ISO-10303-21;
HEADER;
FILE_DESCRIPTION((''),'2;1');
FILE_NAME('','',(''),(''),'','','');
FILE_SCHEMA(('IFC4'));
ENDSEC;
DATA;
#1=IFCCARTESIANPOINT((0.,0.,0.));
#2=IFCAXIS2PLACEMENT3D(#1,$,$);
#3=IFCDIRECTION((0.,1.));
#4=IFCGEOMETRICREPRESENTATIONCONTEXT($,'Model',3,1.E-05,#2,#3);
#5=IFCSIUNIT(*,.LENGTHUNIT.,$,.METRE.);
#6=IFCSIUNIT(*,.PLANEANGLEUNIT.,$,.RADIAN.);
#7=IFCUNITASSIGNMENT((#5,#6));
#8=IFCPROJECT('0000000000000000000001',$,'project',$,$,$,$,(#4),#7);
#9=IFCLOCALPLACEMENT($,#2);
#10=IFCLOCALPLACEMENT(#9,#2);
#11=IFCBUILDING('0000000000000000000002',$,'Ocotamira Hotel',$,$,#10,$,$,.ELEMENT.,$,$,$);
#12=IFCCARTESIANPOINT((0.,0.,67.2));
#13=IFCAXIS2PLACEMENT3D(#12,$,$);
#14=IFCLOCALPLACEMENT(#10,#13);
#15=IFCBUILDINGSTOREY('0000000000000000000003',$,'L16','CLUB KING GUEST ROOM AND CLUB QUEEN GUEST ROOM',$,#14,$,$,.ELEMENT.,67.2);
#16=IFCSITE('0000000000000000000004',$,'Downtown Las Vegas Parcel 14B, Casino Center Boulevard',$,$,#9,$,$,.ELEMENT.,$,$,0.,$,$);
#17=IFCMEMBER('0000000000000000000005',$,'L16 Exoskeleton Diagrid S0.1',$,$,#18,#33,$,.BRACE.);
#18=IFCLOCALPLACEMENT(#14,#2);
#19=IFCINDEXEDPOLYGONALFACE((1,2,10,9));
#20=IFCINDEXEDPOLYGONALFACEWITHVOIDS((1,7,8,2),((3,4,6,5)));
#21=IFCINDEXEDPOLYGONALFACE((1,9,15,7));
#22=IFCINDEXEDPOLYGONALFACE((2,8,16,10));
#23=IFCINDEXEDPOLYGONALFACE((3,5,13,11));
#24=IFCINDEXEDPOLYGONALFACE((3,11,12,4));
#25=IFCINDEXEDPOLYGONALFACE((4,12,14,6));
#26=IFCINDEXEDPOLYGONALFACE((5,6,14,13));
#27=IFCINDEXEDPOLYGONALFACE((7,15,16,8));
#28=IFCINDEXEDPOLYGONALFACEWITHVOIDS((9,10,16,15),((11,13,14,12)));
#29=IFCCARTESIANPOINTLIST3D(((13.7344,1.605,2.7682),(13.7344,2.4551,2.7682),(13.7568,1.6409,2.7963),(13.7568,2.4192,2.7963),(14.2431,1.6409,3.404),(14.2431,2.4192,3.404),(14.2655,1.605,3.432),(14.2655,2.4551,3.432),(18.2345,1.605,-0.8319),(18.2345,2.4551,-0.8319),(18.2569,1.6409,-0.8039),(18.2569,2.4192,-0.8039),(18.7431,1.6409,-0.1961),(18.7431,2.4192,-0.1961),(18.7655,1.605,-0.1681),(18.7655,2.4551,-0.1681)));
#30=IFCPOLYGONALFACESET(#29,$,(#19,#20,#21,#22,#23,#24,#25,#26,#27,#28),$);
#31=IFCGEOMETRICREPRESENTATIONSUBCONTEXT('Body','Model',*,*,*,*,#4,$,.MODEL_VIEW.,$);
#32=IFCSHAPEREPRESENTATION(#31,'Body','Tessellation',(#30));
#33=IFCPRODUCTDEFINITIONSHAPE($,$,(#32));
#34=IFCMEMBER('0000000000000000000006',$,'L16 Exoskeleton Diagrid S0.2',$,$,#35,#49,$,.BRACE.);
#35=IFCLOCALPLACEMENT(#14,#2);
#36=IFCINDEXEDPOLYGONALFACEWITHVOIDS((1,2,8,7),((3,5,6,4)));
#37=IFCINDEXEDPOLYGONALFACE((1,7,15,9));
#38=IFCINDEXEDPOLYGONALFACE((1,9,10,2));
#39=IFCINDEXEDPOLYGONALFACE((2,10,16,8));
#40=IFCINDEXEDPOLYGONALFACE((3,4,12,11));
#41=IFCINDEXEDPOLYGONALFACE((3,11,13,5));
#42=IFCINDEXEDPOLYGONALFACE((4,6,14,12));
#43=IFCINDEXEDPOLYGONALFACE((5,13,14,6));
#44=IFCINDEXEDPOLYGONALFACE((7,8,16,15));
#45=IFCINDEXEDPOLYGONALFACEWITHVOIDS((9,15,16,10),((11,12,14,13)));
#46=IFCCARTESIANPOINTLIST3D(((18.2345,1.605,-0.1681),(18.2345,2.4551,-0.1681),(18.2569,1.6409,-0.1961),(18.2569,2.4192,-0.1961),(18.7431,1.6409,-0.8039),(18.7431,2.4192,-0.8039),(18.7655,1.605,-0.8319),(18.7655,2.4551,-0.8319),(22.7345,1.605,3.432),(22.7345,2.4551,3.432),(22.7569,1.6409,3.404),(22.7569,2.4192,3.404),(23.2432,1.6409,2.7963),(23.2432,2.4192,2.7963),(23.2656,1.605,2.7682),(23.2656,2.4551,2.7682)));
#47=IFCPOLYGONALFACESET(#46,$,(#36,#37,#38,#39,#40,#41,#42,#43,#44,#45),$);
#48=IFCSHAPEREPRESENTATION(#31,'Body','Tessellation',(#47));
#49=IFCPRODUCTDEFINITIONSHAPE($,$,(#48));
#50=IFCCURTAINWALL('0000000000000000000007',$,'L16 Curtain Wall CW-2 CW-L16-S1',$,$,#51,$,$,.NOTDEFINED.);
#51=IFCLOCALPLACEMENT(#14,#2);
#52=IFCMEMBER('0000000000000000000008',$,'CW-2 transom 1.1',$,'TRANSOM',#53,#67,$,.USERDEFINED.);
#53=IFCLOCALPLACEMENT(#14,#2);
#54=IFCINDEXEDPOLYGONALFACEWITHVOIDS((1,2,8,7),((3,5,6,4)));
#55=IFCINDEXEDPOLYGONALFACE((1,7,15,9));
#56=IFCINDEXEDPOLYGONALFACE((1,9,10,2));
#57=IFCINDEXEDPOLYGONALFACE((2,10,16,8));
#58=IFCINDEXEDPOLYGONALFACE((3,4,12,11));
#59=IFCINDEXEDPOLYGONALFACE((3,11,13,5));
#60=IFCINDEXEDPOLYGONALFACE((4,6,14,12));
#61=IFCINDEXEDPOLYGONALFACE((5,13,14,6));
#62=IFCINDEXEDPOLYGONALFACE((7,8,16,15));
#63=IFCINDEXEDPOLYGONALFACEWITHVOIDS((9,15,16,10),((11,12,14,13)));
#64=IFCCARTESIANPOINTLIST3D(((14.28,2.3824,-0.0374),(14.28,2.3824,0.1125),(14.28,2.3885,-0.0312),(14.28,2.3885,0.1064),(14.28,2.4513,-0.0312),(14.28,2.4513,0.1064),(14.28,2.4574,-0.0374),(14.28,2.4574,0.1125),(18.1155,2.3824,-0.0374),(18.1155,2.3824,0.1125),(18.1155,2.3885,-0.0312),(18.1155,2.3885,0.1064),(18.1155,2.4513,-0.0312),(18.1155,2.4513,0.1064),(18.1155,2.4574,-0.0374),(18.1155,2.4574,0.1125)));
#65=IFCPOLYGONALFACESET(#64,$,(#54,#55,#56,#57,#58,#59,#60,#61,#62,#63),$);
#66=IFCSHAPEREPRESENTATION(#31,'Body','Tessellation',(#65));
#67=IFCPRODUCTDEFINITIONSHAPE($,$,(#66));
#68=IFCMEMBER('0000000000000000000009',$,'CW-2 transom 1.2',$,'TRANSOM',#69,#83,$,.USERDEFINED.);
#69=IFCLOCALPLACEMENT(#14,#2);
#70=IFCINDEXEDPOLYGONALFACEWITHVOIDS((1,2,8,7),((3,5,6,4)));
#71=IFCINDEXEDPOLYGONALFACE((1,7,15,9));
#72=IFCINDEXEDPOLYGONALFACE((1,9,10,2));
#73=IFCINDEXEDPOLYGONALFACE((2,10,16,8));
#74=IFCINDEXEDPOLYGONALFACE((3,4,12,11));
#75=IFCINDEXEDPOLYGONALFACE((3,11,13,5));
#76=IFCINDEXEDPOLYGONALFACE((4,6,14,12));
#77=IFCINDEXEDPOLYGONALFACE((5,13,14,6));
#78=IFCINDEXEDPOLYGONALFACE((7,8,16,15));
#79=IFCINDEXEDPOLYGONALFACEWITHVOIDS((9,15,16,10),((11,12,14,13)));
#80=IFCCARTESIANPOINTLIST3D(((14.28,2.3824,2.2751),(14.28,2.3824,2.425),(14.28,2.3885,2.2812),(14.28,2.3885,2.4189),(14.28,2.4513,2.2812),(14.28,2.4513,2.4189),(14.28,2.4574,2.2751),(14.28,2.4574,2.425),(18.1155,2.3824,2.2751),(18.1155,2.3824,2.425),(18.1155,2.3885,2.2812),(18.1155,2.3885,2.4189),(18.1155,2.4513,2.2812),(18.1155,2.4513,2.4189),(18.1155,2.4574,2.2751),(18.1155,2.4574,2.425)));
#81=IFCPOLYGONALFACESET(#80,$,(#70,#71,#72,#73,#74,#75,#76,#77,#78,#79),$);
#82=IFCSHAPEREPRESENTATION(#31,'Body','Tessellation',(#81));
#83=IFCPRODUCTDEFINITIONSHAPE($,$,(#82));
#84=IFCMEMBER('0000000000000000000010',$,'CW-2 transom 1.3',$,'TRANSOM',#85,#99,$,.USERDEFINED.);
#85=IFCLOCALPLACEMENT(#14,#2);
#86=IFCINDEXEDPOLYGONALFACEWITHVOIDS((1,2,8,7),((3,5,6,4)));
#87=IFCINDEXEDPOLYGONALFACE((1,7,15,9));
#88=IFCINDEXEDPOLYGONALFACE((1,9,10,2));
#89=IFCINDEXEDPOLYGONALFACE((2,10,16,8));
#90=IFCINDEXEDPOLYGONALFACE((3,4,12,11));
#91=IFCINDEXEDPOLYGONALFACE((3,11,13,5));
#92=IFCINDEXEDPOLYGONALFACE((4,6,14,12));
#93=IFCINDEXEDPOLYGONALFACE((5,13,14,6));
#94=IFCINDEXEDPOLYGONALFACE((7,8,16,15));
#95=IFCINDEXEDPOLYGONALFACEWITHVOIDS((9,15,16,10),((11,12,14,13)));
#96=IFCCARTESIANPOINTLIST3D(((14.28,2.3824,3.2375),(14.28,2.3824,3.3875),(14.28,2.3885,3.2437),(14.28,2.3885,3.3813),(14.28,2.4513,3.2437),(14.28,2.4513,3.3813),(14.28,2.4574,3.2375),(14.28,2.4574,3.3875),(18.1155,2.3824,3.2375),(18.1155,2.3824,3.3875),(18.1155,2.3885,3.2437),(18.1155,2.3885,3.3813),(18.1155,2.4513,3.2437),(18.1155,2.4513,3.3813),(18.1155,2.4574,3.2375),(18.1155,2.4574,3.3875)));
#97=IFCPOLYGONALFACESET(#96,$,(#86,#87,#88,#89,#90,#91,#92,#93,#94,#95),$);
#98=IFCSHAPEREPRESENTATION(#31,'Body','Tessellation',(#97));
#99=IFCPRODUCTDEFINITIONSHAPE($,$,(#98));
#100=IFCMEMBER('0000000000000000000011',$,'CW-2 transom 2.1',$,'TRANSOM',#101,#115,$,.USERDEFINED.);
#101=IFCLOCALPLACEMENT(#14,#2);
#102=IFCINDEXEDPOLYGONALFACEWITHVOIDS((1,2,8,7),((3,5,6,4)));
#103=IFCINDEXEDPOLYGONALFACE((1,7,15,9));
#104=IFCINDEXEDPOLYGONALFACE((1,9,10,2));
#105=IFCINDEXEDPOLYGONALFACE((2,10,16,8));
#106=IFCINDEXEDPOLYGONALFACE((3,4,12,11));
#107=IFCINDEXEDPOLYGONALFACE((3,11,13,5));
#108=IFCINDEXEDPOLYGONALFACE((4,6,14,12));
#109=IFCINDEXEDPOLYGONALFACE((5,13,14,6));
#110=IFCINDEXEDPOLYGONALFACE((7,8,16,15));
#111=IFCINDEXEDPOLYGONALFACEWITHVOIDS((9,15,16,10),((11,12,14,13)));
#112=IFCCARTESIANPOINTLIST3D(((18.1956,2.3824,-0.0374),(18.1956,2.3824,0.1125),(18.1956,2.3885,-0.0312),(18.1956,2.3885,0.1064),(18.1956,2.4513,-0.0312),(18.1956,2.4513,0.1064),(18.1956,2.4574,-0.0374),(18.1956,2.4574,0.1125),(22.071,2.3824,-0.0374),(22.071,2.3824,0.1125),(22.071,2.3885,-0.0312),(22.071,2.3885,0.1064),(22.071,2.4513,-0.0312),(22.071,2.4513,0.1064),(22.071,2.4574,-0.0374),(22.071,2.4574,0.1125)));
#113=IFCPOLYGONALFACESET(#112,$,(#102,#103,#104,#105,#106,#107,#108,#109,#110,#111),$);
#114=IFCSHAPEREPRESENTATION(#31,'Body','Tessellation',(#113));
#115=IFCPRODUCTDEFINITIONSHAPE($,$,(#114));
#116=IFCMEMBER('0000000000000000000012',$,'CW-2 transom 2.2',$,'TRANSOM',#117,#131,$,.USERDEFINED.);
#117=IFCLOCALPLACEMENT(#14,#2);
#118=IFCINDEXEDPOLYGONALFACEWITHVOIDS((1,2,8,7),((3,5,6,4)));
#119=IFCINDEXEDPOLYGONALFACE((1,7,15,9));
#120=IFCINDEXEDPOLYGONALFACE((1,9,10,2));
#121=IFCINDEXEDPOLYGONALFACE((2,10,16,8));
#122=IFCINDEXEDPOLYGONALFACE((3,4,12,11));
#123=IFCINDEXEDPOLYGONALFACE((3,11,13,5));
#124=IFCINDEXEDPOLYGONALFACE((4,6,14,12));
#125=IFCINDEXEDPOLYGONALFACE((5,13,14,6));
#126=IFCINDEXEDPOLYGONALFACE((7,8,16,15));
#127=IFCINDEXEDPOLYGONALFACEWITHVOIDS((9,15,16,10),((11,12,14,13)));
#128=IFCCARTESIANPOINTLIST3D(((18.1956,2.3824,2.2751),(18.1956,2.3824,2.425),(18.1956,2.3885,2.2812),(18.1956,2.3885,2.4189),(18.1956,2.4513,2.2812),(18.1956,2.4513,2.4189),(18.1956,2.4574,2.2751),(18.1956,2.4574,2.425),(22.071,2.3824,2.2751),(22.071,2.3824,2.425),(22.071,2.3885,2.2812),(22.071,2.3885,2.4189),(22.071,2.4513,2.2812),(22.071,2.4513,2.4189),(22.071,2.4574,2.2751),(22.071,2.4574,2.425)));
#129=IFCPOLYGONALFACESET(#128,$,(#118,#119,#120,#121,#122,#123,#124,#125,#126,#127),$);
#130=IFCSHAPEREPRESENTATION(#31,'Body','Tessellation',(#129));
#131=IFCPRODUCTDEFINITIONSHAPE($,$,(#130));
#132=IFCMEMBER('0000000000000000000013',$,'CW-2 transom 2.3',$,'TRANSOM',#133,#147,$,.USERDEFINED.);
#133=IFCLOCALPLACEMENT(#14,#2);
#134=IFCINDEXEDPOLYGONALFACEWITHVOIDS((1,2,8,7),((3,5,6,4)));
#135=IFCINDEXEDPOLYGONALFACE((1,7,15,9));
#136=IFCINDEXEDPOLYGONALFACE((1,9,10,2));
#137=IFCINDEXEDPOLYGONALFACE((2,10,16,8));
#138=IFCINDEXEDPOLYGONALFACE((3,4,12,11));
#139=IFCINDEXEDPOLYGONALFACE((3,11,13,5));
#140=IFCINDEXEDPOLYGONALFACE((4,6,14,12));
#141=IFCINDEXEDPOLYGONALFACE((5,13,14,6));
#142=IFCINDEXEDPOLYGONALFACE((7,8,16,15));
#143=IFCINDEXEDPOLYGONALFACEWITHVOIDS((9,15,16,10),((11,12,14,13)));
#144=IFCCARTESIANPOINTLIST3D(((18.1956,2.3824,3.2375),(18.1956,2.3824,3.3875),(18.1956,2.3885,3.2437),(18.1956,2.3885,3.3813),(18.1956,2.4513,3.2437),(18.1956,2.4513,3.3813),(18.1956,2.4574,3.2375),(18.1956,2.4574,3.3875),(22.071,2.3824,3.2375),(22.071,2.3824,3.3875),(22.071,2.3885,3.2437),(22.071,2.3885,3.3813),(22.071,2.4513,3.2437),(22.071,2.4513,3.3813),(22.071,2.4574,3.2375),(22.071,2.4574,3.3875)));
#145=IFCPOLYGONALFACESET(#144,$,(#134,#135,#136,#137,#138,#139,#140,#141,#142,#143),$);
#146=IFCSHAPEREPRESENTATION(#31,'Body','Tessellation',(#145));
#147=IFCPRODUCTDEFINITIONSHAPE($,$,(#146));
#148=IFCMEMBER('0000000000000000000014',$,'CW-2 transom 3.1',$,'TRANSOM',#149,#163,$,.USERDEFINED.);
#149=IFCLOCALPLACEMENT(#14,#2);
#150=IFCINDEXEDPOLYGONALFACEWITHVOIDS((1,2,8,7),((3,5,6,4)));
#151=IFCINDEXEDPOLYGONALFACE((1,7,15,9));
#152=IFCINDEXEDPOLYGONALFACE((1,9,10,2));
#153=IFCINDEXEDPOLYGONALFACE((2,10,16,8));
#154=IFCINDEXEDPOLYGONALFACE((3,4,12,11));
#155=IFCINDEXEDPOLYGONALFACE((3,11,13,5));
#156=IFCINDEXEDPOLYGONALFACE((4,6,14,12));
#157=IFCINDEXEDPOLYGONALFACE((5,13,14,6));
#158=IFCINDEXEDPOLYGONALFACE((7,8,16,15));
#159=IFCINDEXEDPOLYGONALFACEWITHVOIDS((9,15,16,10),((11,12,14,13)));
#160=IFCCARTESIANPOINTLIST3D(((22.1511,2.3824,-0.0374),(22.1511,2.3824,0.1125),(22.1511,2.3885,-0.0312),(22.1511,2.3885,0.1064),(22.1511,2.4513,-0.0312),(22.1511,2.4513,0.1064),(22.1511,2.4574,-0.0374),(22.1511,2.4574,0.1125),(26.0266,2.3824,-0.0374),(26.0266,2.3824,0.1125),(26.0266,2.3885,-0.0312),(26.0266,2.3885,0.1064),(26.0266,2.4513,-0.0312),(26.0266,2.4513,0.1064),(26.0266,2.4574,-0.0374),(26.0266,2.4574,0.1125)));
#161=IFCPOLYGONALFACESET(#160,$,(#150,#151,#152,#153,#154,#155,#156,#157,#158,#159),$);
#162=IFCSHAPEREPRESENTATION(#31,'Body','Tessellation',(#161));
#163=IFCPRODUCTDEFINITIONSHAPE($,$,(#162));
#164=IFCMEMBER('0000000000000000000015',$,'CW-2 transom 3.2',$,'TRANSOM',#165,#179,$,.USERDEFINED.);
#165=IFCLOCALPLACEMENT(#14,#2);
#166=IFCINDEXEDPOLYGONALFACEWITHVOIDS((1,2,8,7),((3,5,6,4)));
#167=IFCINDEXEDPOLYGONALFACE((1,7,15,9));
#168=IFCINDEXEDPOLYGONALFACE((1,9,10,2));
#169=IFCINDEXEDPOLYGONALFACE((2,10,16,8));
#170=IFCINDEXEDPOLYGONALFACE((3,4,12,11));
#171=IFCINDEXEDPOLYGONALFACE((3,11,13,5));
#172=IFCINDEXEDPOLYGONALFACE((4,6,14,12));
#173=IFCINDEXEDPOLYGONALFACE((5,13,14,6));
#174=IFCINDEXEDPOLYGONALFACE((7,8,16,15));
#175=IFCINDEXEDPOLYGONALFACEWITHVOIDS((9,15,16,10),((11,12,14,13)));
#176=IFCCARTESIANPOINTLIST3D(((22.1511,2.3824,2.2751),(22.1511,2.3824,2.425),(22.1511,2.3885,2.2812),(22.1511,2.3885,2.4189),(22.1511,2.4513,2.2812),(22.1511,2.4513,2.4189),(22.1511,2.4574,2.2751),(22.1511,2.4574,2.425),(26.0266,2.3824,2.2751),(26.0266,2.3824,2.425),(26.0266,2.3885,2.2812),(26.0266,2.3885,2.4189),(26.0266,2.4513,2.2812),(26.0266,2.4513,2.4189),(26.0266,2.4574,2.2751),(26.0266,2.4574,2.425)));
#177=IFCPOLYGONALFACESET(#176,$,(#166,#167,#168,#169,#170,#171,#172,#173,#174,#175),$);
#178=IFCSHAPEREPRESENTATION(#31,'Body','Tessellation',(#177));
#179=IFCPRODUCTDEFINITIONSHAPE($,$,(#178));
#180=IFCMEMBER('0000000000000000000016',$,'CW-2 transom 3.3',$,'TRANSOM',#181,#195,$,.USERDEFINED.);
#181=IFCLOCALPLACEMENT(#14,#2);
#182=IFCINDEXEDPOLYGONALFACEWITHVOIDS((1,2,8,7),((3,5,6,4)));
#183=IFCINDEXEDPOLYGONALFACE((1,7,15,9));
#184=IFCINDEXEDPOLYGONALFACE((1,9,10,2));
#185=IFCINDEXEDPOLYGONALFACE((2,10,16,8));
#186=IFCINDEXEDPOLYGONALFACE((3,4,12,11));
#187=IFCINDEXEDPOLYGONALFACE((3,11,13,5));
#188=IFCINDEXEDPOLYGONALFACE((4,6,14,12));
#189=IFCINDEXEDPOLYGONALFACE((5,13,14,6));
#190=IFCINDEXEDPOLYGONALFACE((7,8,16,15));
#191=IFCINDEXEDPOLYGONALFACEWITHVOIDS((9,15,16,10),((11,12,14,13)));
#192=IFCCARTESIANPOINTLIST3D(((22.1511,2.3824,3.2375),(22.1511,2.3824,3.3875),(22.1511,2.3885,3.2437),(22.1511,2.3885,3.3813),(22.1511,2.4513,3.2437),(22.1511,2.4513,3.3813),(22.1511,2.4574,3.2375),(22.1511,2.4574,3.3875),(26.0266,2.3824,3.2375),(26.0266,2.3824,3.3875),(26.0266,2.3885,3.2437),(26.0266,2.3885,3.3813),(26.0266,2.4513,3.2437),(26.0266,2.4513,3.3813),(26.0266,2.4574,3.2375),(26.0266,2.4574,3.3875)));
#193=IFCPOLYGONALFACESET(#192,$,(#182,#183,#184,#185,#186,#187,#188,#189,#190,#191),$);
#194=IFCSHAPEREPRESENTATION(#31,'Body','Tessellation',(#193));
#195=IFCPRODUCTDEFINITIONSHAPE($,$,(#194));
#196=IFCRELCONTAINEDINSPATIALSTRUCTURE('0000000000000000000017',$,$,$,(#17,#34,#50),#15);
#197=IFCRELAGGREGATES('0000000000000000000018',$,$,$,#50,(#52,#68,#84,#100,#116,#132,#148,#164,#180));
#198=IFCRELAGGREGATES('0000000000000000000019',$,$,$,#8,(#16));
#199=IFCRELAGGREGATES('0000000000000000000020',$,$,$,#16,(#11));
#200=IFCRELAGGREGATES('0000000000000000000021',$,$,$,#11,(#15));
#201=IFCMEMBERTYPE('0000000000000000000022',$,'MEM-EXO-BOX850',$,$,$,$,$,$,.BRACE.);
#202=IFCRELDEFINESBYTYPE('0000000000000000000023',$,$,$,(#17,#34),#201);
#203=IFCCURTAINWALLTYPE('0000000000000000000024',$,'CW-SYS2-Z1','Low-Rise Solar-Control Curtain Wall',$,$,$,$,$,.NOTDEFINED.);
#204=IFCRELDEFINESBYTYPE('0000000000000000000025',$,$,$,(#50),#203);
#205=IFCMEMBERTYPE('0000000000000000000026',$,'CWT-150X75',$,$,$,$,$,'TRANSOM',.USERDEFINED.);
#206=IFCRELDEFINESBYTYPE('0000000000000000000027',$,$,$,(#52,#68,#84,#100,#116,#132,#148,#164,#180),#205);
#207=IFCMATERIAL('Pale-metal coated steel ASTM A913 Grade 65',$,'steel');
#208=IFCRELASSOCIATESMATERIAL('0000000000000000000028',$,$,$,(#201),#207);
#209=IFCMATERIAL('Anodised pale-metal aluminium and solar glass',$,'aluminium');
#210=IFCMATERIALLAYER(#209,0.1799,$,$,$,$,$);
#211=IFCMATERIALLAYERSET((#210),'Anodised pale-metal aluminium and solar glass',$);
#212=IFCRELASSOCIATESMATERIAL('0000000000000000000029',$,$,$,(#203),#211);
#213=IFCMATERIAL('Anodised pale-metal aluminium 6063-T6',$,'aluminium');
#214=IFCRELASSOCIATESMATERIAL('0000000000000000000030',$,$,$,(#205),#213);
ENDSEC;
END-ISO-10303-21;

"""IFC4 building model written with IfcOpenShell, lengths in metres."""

from ifc_helpers import new_model, si_unit, direction, frame, origin, origin_2d, place, context, subcontext, project, spatial, hollow_rectangle, extrude, source, transform, mapped, material, layer, layer_set, material_profile, profile_set, type_object, element, aggregate, save


model = new_model("IFC4")

# Units and contexts
model_context = context("Model", 3, precision=1e-05, world=origin(), true_north=direction((0.0, 1.0)))
body_context = subcontext(model_context, "Body", "Model", "MODEL_VIEW")
ifc_project = project(units=[si_unit("LENGTHUNIT", "METRE"), si_unit("PLANEANGLEUNIT", "RADIAN")], contexts=[model_context])

# Site, building, storey
site_placement = place(None, origin())
site = spatial("IfcSite", under=ifc_project, at=site_placement, Name="Downtown Las Vegas Parcel 14B, Casino Center Boulevard", CompositionType="ELEMENT", RefElevation=0.0)
building_placement = place(site_placement, origin())
building = spatial("IfcBuilding", under=site, at=building_placement, Name="Ocotamira Hotel", CompositionType="ELEMENT")
storey_placement = place(building_placement, frame((0.0, 0.0, 67.2)))
storey = spatial("IfcBuildingStorey", under=building, at=storey_placement, Name="L16", Description="CLUB KING GUEST ROOM AND CLUB QUEEN GUEST ROOM", CompositionType="ELEMENT", Elevation=67.2)

# Members
ifc_material_1 = material(Name="Pale-metal coated steel ASTM A913 Grade 65", Category="steel")
ifc_material_profile_1 = material_profile(ifc_material_1, hollow_rectangle(XDim=0.8501, YDim=0.8501, WallThickness=0.0359, at=origin_2d()), Name="BOX850X850X36")
ifc_profile_set_1 = profile_set([ifc_material_profile_1], Name="Pale-metal coated steel ASTM A913 Grade 65")
member_type_1 = type_object("IfcMemberType", Name="MEM-EXO-BOX850", PredefinedType="BRACE", material=ifc_profile_set_1)
shared_shape_1 = source(origin(), body_context, "Body", "SweptSolid", [
    extrude(hollow_rectangle(XDim=0.8501, YDim=0.8501, WallThickness=0.0359, at=origin_2d()), origin(), (0.0, 0.0, 1.0), 5.7629),
])
for number, where, z_axis, x_axis, name in (
    (1, (18.5, 2.03, -0.5), (-0.780861, 0.0, 0.624705), (0.0, -1.0, 0.0), "L16 Exoskeleton Diagrid S0.1"),
    (2, (18.5, 2.03, -0.5), (0.780861, 0.0, 0.624705), (0.0, 1.0, 0.0), "L16 Exoskeleton Diagrid S0.2"),
):
    element("IfcMember", number, at=place(storey_placement, frame(where, z_axis=z_axis, x_axis=x_axis)), inside=storey, type_object=member_type_1, Name=name, PredefinedType="BRACE", context=body_context, shape_type="MappedRepresentation", body=[
        mapped(shared_shape_1, transform((0.0, 0.0, 0.0), scale=1.0)),
    ])

# Curtain wall, members
ifc_material_2 = material(Name="Anodised pale-metal aluminium and solar glass", Category="aluminium")
ifc_layer_1 = layer(ifc_material_2, 0.1799)
ifc_layer_set_1 = layer_set([ifc_layer_1], Name="Anodised pale-metal aluminium and solar glass")
curtain_wall_type = type_object("IfcCurtainWallType", Name="CW-SYS2-Z1", Description="Low-Rise Solar-Control Curtain Wall", PredefinedType="NOTDEFINED", material=ifc_layer_set_1)
curtain_wall_placement = place(storey_placement, origin())
curtain_wall = element("IfcCurtainWall", 3, at=curtain_wall_placement, inside=storey, type_object=curtain_wall_type, Name="L16 Curtain Wall CW-2 CW-L16-S1", PredefinedType="NOTDEFINED")
ifc_material_3 = material(Name="Anodised pale-metal aluminium 6063-T6", Category="aluminium")
ifc_material_profile_2 = material_profile(ifc_material_3, hollow_rectangle(XDim=0.075, YDim=0.1499, WallThickness=0.0061, at=origin_2d()), Name="HSS150X75X6")
ifc_profile_set_2 = profile_set([ifc_material_profile_2], Name="Anodised pale-metal aluminium 6063-T6")
member_type_2 = type_object("IfcMemberType", Name="CWT-150X75", ElementType="TRANSOM", PredefinedType="USERDEFINED", material=ifc_profile_set_2)
shared_shape_2 = source(origin(), body_context, "Body", "SweptSolid", [
    extrude(hollow_rectangle(XDim=0.075, YDim=0.1499, WallThickness=0.0061, at=origin_2d()), origin(), (0.0, 0.0, 1.0), 3.8354),
])
member_1_placement = place(storey_placement, frame((14.28, 2.4199, 0.0376), z_axis=(1.0, 0.0, 0.0), x_axis=(0.0, 1.0, 0.0)))
member_1 = element("IfcMember", 4, at=member_1_placement, type_object=member_type_2, Name="CW-2 transom 1.1", ObjectType="TRANSOM", PredefinedType="USERDEFINED", context=body_context, shape_type="MappedRepresentation", body=[
    mapped(shared_shape_2, transform((0.0, 0.0, 0.0), scale=1.0)),
])
member_2_placement = place(storey_placement, frame((14.28, 2.4199, 2.3501), z_axis=(1.0, 0.0, 0.0), x_axis=(0.0, 1.0, 0.0)))
member_2 = element("IfcMember", 5, at=member_2_placement, type_object=member_type_2, Name="CW-2 transom 1.2", ObjectType="TRANSOM", PredefinedType="USERDEFINED", context=body_context, shape_type="MappedRepresentation", body=[
    mapped(shared_shape_2, transform((0.0, 0.0, 0.0), scale=1.0)),
])
member_3_placement = place(storey_placement, frame((14.28, 2.4199, 3.3125), z_axis=(1.0, 0.0, 0.0), x_axis=(0.0, 1.0, 0.0)))
member_3 = element("IfcMember", 6, at=member_3_placement, type_object=member_type_2, Name="CW-2 transom 1.3", ObjectType="TRANSOM", PredefinedType="USERDEFINED", context=body_context, shape_type="MappedRepresentation", body=[
    mapped(shared_shape_2, transform((0.0, 0.0, 0.0), scale=1.0)),
])
shared_shape_3 = source(origin(), body_context, "Body", "SweptSolid", [
    extrude(hollow_rectangle(XDim=0.075, YDim=0.1499, WallThickness=0.0061, at=origin_2d()), origin(), (0.0, 0.0, 1.0), 3.8755),
])
member_4_placement = place(storey_placement, frame((18.1956, 2.4199, 0.0376), z_axis=(1.0, 0.0, 0.0), x_axis=(0.0, 1.0, 0.0)))
member_4 = element("IfcMember", 7, at=member_4_placement, type_object=member_type_2, Name="CW-2 transom 2.1", ObjectType="TRANSOM", PredefinedType="USERDEFINED", context=body_context, shape_type="MappedRepresentation", body=[
    mapped(shared_shape_3, transform((0.0, 0.0, 0.0), scale=1.0)),
])
member_5_placement = place(storey_placement, frame((18.1956, 2.4199, 2.3501), z_axis=(1.0, 0.0, 0.0), x_axis=(0.0, 1.0, 0.0)))
member_5 = element("IfcMember", 8, at=member_5_placement, type_object=member_type_2, Name="CW-2 transom 2.2", ObjectType="TRANSOM", PredefinedType="USERDEFINED", context=body_context, shape_type="MappedRepresentation", body=[
    mapped(shared_shape_3, transform((0.0, 0.0, 0.0), scale=1.0)),
])
member_6_placement = place(storey_placement, frame((18.1956, 2.4199, 3.3125), z_axis=(1.0, 0.0, 0.0), x_axis=(0.0, 1.0, 0.0)))
member_6 = element("IfcMember", 9, at=member_6_placement, type_object=member_type_2, Name="CW-2 transom 2.3", ObjectType="TRANSOM", PredefinedType="USERDEFINED", context=body_context, shape_type="MappedRepresentation", body=[
    mapped(shared_shape_3, transform((0.0, 0.0, 0.0), scale=1.0)),
])
member_7_placement = place(storey_placement, frame((22.1511, 2.4199, 0.0376), z_axis=(1.0, 0.0, 0.0), x_axis=(0.0, 1.0, 0.0)))
member_7 = element("IfcMember", 10, at=member_7_placement, type_object=member_type_2, Name="CW-2 transom 3.1", ObjectType="TRANSOM", PredefinedType="USERDEFINED", context=body_context, shape_type="MappedRepresentation", body=[
    mapped(shared_shape_3, transform((0.0, 0.0, 0.0), scale=1.0)),
])
member_8_placement = place(storey_placement, frame((22.1511, 2.4199, 2.3501), z_axis=(1.0, 0.0, 0.0), x_axis=(0.0, 1.0, 0.0)))
member_8 = element("IfcMember", 11, at=member_8_placement, type_object=member_type_2, Name="CW-2 transom 3.2", ObjectType="TRANSOM", PredefinedType="USERDEFINED", context=body_context, shape_type="MappedRepresentation", body=[
    mapped(shared_shape_3, transform((0.0, 0.0, 0.0), scale=1.0)),
])
member_9_placement = place(storey_placement, frame((22.1511, 2.4199, 3.3125), z_axis=(1.0, 0.0, 0.0), x_axis=(0.0, 1.0, 0.0)))
member_9 = element("IfcMember", 12, at=member_9_placement, type_object=member_type_2, Name="CW-2 transom 3.3", ObjectType="TRANSOM", PredefinedType="USERDEFINED", context=body_context, shape_type="MappedRepresentation", body=[
    mapped(shared_shape_3, transform((0.0, 0.0, 0.0), scale=1.0)),
])

aggregate(curtain_wall, [member_1, member_2, member_3, member_4, member_5, member_6, member_7, member_8, member_9])

save(model, "model.ifc")
